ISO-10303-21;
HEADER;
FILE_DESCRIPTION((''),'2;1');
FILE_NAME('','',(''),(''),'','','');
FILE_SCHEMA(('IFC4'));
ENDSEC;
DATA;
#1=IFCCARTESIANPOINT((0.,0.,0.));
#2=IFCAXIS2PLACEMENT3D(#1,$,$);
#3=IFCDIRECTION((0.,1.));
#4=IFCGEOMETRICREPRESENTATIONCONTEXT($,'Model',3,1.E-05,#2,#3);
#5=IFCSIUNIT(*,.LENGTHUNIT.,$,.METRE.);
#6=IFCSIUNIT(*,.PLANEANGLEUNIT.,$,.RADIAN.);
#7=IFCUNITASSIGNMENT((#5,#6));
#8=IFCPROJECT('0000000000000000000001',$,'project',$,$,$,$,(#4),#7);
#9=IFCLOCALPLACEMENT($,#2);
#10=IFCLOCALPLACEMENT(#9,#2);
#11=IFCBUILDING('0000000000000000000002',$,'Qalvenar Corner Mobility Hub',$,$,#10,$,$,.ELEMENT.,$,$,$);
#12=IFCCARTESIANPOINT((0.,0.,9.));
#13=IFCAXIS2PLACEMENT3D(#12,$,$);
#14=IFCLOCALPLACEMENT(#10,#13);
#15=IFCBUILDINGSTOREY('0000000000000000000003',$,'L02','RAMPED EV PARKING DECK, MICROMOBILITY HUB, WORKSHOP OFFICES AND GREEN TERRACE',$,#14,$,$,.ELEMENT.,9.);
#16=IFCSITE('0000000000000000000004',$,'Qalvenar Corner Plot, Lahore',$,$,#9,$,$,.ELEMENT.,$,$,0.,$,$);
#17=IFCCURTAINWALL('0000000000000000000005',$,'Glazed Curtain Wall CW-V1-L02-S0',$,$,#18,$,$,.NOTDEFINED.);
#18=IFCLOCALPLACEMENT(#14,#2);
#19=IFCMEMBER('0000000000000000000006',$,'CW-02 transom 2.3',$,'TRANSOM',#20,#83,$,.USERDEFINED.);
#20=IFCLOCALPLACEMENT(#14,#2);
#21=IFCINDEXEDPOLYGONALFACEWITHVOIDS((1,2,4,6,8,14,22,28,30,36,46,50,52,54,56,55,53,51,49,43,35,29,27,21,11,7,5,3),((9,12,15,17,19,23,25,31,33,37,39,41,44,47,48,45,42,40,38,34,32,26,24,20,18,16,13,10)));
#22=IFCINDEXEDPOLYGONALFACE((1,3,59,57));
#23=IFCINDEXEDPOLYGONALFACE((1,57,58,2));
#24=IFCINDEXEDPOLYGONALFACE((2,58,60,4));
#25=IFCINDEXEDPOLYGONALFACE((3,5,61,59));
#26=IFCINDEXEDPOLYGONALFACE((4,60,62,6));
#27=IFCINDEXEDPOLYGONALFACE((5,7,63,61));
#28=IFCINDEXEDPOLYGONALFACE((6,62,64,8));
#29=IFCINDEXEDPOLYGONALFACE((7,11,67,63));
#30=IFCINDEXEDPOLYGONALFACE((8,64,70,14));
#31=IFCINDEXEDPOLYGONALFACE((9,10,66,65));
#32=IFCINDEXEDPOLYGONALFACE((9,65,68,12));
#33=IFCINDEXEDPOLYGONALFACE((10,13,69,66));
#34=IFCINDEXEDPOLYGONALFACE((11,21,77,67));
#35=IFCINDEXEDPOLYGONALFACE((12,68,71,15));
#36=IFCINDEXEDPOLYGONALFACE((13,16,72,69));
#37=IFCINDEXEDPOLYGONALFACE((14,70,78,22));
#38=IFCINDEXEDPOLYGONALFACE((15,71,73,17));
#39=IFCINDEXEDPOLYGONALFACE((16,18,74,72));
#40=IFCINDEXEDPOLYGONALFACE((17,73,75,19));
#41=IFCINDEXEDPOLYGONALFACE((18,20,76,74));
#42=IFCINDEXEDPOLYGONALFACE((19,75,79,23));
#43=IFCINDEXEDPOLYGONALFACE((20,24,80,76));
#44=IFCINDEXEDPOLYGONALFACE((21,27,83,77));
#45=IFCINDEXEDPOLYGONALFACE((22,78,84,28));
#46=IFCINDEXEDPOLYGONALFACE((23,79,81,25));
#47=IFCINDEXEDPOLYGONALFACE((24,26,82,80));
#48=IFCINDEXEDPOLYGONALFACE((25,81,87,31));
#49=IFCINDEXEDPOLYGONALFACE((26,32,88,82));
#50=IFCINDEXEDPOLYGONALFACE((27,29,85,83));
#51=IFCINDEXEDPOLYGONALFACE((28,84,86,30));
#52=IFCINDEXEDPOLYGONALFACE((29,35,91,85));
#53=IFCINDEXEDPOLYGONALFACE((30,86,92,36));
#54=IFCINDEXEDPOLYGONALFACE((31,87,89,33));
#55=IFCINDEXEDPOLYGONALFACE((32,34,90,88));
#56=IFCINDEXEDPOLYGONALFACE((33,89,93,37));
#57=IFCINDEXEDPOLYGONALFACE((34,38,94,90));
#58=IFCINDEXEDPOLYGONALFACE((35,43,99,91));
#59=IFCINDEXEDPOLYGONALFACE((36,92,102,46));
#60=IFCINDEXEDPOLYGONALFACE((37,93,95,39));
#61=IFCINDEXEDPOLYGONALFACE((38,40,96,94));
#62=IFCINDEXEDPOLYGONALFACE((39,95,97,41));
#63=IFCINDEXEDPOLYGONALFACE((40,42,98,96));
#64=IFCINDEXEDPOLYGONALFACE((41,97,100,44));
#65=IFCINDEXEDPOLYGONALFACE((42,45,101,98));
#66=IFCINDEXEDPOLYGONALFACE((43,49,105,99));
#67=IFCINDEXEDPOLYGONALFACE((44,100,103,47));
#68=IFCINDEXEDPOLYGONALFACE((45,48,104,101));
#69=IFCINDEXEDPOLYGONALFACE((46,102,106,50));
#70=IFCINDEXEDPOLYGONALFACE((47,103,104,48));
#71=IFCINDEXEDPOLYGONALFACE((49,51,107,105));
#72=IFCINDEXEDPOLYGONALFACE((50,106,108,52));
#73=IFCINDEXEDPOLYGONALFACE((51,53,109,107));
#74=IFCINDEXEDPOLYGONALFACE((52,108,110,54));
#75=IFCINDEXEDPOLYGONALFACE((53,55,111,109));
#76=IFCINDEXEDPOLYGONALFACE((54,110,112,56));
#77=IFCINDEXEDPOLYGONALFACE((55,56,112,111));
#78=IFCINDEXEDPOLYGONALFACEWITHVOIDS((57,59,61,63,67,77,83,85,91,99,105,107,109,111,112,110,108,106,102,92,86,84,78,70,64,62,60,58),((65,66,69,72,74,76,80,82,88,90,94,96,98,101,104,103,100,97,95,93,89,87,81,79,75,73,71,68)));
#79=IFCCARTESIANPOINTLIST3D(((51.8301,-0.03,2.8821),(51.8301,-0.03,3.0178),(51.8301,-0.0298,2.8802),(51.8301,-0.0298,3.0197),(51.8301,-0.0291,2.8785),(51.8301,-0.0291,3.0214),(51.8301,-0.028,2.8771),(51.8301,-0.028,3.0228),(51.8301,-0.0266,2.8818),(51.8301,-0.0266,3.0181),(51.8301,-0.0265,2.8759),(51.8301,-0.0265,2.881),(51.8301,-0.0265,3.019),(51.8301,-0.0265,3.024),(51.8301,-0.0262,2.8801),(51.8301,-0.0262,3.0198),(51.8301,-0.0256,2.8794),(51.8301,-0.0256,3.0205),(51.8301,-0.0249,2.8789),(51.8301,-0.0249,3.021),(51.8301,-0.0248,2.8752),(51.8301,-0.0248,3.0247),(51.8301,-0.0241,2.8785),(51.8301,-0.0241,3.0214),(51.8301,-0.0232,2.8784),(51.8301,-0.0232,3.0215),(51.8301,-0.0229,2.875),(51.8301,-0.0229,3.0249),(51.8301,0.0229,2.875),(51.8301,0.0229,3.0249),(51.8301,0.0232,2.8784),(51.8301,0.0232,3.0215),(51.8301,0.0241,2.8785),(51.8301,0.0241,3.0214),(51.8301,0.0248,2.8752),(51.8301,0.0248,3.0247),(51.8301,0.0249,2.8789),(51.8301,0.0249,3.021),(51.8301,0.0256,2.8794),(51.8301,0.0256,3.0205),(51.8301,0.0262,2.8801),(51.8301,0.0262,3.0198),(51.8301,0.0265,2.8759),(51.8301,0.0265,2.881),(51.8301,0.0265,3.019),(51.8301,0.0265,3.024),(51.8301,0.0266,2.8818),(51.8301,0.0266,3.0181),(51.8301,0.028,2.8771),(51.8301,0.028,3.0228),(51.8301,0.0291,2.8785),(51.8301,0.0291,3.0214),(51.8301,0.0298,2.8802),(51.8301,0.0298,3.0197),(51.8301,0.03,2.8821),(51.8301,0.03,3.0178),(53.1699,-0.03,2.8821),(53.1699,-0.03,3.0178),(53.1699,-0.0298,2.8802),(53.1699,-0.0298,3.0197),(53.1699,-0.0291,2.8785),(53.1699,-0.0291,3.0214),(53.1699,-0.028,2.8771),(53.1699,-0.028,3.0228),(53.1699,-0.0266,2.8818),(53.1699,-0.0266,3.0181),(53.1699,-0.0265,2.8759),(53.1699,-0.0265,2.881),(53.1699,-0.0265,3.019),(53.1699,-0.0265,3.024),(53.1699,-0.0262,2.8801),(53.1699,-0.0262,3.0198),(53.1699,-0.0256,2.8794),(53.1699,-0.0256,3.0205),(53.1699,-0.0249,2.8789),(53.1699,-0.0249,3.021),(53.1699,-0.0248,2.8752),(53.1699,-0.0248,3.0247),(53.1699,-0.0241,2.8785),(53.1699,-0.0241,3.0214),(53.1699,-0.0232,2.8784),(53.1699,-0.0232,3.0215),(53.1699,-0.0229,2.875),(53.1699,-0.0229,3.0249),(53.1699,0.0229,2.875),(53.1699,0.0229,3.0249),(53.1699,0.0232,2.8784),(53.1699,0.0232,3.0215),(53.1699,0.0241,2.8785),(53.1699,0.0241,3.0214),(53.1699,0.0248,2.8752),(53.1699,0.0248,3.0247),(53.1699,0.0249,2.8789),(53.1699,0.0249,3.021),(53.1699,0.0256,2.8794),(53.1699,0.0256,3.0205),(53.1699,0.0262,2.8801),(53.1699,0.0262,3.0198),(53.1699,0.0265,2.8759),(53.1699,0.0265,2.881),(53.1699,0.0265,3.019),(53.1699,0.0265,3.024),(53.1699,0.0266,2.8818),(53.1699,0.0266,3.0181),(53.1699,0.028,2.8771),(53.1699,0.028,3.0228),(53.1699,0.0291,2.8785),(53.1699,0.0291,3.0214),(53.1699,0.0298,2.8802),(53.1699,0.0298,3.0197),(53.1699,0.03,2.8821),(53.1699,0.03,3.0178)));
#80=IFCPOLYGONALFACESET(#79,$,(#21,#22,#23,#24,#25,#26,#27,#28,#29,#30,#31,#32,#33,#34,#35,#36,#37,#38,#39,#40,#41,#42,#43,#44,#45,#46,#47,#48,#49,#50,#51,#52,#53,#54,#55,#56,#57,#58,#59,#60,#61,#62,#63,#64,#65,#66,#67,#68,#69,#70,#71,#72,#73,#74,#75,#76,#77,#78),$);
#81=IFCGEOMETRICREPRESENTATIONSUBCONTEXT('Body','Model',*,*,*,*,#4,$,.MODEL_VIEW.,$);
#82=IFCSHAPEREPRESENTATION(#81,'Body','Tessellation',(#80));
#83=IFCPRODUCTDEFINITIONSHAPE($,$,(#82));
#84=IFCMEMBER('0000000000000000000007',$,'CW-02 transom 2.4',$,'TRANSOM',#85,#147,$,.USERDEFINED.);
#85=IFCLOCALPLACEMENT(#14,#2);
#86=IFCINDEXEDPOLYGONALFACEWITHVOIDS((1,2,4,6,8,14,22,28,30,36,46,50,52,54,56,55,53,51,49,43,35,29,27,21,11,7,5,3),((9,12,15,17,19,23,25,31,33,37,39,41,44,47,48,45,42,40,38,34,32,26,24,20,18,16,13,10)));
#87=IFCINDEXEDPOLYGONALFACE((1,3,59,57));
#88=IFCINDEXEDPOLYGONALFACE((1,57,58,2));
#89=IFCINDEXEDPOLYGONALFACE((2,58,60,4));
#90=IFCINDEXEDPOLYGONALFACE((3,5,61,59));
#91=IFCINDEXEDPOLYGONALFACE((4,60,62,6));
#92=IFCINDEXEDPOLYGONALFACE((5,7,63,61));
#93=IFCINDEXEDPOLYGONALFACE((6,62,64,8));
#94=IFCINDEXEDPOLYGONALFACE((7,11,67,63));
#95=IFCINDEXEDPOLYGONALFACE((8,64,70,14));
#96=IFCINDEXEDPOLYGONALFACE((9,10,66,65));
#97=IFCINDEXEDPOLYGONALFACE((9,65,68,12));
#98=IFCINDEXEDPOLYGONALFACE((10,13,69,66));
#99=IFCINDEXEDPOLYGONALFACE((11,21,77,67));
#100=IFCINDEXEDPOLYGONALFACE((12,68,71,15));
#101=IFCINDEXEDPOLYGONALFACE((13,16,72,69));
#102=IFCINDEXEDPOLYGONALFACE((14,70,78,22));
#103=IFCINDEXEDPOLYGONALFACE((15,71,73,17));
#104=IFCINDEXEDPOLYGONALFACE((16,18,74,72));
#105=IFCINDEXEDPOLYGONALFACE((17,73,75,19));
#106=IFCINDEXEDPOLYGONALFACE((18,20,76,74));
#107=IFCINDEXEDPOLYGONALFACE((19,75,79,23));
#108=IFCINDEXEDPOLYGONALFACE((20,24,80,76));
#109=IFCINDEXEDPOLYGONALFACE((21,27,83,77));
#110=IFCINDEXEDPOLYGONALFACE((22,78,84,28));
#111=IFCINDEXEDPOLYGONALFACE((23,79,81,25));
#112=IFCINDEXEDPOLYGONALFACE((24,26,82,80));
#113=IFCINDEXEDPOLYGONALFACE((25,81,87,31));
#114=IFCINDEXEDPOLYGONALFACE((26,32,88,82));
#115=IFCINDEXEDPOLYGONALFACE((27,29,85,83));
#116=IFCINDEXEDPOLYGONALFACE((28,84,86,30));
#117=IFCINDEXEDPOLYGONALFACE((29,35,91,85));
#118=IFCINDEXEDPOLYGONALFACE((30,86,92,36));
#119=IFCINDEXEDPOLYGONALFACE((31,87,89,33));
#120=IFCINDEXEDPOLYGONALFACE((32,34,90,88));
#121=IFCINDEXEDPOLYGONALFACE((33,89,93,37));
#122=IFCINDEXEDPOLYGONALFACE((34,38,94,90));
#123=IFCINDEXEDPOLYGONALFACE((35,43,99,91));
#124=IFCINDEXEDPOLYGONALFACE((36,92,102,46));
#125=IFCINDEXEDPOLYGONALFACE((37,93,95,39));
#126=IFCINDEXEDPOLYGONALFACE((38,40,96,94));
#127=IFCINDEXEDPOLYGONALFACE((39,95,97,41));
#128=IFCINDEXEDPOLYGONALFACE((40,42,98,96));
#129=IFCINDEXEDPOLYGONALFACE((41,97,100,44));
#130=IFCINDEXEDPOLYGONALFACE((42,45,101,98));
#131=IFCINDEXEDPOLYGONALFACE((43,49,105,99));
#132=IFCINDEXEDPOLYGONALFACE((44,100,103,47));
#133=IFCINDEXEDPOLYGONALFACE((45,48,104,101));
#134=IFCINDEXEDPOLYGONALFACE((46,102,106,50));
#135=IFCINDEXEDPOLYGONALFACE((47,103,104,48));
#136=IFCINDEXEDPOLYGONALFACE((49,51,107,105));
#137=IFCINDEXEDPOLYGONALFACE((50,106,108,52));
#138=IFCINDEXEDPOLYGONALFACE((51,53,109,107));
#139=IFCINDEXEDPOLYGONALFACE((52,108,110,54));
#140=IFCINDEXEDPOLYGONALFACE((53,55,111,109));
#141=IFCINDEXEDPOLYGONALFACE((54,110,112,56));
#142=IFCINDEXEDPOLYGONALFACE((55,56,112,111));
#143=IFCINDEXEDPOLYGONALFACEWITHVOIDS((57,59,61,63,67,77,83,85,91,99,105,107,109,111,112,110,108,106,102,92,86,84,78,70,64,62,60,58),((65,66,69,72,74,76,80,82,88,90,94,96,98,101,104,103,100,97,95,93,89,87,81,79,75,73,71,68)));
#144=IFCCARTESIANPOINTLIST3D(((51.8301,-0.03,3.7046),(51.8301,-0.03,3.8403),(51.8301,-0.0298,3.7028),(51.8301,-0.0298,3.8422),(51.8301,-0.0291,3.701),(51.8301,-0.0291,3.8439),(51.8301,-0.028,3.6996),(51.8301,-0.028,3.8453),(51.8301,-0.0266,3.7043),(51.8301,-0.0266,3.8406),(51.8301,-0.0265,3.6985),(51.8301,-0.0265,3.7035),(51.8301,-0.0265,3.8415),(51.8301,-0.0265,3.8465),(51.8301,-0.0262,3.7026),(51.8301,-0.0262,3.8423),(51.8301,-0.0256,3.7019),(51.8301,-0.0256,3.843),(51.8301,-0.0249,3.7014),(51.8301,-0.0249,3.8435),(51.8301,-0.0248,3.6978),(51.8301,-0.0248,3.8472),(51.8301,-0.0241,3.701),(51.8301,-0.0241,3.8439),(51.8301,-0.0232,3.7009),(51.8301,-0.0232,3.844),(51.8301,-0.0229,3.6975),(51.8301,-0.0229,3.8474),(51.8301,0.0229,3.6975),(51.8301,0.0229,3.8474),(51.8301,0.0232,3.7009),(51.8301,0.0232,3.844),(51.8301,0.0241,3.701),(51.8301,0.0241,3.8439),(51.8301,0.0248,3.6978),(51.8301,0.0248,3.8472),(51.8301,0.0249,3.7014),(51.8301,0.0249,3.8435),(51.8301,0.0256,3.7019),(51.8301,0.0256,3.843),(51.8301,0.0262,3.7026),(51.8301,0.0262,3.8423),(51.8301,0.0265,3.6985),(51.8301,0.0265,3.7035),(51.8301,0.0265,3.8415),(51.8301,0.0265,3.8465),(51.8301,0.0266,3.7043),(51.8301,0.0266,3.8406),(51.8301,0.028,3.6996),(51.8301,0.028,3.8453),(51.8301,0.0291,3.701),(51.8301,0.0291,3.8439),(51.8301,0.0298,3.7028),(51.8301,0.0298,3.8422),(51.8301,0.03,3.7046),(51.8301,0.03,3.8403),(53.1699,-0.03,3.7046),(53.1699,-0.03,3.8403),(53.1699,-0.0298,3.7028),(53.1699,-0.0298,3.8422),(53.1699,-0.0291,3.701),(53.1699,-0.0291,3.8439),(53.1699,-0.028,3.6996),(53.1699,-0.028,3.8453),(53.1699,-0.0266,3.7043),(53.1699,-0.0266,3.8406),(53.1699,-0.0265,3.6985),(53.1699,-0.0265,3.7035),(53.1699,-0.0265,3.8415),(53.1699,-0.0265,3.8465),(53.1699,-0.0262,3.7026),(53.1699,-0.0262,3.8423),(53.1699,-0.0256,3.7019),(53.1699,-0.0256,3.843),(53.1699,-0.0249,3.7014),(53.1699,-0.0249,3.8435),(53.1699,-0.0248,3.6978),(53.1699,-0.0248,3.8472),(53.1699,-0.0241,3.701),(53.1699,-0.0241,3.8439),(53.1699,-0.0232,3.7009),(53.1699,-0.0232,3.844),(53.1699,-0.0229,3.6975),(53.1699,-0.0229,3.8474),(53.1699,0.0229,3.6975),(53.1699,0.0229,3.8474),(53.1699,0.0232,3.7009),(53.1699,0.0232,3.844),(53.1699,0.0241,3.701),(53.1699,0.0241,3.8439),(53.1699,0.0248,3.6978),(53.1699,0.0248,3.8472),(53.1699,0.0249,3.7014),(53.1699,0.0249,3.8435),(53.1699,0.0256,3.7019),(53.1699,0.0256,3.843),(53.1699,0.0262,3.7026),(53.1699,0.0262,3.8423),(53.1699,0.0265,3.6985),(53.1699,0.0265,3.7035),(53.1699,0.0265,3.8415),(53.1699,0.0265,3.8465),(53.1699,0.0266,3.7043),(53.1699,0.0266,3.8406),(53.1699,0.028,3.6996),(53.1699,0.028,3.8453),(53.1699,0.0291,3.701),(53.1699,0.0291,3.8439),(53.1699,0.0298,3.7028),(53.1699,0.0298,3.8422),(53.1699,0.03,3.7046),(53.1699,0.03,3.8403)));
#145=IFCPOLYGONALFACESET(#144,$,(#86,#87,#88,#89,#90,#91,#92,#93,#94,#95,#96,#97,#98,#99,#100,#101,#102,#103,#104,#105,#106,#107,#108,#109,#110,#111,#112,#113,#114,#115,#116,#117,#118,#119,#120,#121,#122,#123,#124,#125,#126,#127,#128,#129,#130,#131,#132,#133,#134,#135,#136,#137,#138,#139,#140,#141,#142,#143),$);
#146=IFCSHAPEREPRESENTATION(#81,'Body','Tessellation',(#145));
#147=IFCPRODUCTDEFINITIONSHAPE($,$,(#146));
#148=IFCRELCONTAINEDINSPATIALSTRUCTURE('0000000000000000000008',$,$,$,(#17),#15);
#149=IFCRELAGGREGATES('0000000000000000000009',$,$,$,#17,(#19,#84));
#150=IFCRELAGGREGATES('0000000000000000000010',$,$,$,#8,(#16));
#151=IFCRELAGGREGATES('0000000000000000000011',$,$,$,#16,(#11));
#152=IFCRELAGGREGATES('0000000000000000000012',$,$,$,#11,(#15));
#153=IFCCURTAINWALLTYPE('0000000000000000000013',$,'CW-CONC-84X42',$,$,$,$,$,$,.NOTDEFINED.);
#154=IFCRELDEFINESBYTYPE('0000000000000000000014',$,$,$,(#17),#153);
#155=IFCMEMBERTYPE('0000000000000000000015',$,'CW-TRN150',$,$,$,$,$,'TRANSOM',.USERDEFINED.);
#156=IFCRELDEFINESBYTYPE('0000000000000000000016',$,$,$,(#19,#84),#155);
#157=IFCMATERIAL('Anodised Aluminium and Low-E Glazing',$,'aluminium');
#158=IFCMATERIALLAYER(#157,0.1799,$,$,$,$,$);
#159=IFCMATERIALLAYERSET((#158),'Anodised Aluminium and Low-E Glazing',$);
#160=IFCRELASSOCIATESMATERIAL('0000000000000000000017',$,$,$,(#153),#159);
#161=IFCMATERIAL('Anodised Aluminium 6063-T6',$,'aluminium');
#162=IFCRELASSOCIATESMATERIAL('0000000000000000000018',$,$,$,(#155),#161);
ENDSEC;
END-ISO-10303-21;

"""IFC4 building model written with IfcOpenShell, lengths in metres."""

from ifc_helpers import new_model, si_unit, direction, frame, origin, origin_2d, place, context, subcontext, project, spatial, hollow_rectangle, extrude, material, layer, layer_set, material_profile, profile_set, type_object, element, aggregate, save


model = new_model("IFC4")

# Units and contexts
model_context = context("Model", 3, precision=1e-05, world=origin(), true_north=direction((0.0, 1.0)))
body_context = subcontext(model_context, "Body", "Model", "MODEL_VIEW")
ifc_project = project(units=[si_unit("LENGTHUNIT", "METRE"), si_unit("PLANEANGLEUNIT", "RADIAN")], contexts=[model_context])

# Site, building, storey
site_placement = place(None, origin())
site = spatial("IfcSite", under=ifc_project, at=site_placement, Name="Qalvenar Corner Plot, Lahore", CompositionType="ELEMENT", RefElevation=0.0)
building_placement = place(site_placement, origin())
building = spatial("IfcBuilding", under=site, at=building_placement, Name="Qalvenar Corner Mobility Hub", CompositionType="ELEMENT")
storey_placement = place(building_placement, frame((0.0, 0.0, 9.0)))
storey = spatial("IfcBuildingStorey", under=building, at=storey_placement, Name="L02", Description="RAMPED EV PARKING DECK, MICROMOBILITY HUB, WORKSHOP OFFICES AND GREEN TERRACE", CompositionType="ELEMENT", Elevation=9.0)

# Curtain wall, members
ifc_material_1 = material(Name="Anodised Aluminium and Low-E Glazing", Category="aluminium")
ifc_layer_1 = layer(ifc_material_1, 0.1799)
ifc_layer_set_1 = layer_set([ifc_layer_1], Name="Anodised Aluminium and Low-E Glazing")
curtain_wall_type = type_object("IfcCurtainWallType", Name="CW-CONC-84X42", PredefinedType="NOTDEFINED", material=ifc_layer_set_1)
curtain_wall_placement = place(storey_placement, origin())
curtain_wall = element("IfcCurtainWall", 1, at=curtain_wall_placement, inside=storey, type_object=curtain_wall_type, Name="Glazed Curtain Wall CW-V1-L02-S0", PredefinedType="NOTDEFINED")
ifc_material_2 = material(Name="Anodised Aluminium 6063-T6", Category="aluminium")
ifc_material_profile_1 = material_profile(ifc_material_2, hollow_rectangle(XDim=0.0601, YDim=0.1499, WallThickness=0.0034, InnerFilletRadius=0.0034, OuterFilletRadius=0.0071, at=origin_2d()), Name="RHS150x60x3.5")
ifc_profile_set_1 = profile_set([ifc_material_profile_1], Name="Anodised Aluminium 6063-T6")
member_type_1 = type_object("IfcMemberType", Name="CW-TRN150", ElementType="TRANSOM", PredefinedType="USERDEFINED", material=ifc_profile_set_1)
member_1_placement = place(storey_placement, frame((51.8301, 0.0, 2.95), z_axis=(1.0, 0.0, 0.0), x_axis=(0.0, 1.0, 0.0)))
member_1 = element("IfcMember", 2, at=member_1_placement, type_object=member_type_1, Name="CW-02 transom 2.3", ObjectType="TRANSOM", PredefinedType="USERDEFINED", context=body_context, shape_type="SweptSolid", body=[
    extrude(hollow_rectangle(XDim=0.0601, YDim=0.1499, WallThickness=0.0034, InnerFilletRadius=0.0034, OuterFilletRadius=0.0071, at=origin_2d()), origin(), (0.0, 0.0, 1.0), 1.3398),
])
member_2_placement = place(storey_placement, frame((51.8301, 0.0, 3.7725), z_axis=(1.0, 0.0, 0.0), x_axis=(0.0, 1.0, 0.0)))
member_2 = element("IfcMember", 3, at=member_2_placement, type_object=member_type_1, Name="CW-02 transom 2.4", ObjectType="TRANSOM", PredefinedType="USERDEFINED", context=body_context, shape_type="SweptSolid", body=[
    extrude(hollow_rectangle(XDim=0.0601, YDim=0.1499, WallThickness=0.0034, InnerFilletRadius=0.0034, OuterFilletRadius=0.0071, at=origin_2d()), origin(), (0.0, 0.0, 1.0), 1.3398),
])
aggregate(curtain_wall, [member_1, member_2])

save(model, "model.ifc")
